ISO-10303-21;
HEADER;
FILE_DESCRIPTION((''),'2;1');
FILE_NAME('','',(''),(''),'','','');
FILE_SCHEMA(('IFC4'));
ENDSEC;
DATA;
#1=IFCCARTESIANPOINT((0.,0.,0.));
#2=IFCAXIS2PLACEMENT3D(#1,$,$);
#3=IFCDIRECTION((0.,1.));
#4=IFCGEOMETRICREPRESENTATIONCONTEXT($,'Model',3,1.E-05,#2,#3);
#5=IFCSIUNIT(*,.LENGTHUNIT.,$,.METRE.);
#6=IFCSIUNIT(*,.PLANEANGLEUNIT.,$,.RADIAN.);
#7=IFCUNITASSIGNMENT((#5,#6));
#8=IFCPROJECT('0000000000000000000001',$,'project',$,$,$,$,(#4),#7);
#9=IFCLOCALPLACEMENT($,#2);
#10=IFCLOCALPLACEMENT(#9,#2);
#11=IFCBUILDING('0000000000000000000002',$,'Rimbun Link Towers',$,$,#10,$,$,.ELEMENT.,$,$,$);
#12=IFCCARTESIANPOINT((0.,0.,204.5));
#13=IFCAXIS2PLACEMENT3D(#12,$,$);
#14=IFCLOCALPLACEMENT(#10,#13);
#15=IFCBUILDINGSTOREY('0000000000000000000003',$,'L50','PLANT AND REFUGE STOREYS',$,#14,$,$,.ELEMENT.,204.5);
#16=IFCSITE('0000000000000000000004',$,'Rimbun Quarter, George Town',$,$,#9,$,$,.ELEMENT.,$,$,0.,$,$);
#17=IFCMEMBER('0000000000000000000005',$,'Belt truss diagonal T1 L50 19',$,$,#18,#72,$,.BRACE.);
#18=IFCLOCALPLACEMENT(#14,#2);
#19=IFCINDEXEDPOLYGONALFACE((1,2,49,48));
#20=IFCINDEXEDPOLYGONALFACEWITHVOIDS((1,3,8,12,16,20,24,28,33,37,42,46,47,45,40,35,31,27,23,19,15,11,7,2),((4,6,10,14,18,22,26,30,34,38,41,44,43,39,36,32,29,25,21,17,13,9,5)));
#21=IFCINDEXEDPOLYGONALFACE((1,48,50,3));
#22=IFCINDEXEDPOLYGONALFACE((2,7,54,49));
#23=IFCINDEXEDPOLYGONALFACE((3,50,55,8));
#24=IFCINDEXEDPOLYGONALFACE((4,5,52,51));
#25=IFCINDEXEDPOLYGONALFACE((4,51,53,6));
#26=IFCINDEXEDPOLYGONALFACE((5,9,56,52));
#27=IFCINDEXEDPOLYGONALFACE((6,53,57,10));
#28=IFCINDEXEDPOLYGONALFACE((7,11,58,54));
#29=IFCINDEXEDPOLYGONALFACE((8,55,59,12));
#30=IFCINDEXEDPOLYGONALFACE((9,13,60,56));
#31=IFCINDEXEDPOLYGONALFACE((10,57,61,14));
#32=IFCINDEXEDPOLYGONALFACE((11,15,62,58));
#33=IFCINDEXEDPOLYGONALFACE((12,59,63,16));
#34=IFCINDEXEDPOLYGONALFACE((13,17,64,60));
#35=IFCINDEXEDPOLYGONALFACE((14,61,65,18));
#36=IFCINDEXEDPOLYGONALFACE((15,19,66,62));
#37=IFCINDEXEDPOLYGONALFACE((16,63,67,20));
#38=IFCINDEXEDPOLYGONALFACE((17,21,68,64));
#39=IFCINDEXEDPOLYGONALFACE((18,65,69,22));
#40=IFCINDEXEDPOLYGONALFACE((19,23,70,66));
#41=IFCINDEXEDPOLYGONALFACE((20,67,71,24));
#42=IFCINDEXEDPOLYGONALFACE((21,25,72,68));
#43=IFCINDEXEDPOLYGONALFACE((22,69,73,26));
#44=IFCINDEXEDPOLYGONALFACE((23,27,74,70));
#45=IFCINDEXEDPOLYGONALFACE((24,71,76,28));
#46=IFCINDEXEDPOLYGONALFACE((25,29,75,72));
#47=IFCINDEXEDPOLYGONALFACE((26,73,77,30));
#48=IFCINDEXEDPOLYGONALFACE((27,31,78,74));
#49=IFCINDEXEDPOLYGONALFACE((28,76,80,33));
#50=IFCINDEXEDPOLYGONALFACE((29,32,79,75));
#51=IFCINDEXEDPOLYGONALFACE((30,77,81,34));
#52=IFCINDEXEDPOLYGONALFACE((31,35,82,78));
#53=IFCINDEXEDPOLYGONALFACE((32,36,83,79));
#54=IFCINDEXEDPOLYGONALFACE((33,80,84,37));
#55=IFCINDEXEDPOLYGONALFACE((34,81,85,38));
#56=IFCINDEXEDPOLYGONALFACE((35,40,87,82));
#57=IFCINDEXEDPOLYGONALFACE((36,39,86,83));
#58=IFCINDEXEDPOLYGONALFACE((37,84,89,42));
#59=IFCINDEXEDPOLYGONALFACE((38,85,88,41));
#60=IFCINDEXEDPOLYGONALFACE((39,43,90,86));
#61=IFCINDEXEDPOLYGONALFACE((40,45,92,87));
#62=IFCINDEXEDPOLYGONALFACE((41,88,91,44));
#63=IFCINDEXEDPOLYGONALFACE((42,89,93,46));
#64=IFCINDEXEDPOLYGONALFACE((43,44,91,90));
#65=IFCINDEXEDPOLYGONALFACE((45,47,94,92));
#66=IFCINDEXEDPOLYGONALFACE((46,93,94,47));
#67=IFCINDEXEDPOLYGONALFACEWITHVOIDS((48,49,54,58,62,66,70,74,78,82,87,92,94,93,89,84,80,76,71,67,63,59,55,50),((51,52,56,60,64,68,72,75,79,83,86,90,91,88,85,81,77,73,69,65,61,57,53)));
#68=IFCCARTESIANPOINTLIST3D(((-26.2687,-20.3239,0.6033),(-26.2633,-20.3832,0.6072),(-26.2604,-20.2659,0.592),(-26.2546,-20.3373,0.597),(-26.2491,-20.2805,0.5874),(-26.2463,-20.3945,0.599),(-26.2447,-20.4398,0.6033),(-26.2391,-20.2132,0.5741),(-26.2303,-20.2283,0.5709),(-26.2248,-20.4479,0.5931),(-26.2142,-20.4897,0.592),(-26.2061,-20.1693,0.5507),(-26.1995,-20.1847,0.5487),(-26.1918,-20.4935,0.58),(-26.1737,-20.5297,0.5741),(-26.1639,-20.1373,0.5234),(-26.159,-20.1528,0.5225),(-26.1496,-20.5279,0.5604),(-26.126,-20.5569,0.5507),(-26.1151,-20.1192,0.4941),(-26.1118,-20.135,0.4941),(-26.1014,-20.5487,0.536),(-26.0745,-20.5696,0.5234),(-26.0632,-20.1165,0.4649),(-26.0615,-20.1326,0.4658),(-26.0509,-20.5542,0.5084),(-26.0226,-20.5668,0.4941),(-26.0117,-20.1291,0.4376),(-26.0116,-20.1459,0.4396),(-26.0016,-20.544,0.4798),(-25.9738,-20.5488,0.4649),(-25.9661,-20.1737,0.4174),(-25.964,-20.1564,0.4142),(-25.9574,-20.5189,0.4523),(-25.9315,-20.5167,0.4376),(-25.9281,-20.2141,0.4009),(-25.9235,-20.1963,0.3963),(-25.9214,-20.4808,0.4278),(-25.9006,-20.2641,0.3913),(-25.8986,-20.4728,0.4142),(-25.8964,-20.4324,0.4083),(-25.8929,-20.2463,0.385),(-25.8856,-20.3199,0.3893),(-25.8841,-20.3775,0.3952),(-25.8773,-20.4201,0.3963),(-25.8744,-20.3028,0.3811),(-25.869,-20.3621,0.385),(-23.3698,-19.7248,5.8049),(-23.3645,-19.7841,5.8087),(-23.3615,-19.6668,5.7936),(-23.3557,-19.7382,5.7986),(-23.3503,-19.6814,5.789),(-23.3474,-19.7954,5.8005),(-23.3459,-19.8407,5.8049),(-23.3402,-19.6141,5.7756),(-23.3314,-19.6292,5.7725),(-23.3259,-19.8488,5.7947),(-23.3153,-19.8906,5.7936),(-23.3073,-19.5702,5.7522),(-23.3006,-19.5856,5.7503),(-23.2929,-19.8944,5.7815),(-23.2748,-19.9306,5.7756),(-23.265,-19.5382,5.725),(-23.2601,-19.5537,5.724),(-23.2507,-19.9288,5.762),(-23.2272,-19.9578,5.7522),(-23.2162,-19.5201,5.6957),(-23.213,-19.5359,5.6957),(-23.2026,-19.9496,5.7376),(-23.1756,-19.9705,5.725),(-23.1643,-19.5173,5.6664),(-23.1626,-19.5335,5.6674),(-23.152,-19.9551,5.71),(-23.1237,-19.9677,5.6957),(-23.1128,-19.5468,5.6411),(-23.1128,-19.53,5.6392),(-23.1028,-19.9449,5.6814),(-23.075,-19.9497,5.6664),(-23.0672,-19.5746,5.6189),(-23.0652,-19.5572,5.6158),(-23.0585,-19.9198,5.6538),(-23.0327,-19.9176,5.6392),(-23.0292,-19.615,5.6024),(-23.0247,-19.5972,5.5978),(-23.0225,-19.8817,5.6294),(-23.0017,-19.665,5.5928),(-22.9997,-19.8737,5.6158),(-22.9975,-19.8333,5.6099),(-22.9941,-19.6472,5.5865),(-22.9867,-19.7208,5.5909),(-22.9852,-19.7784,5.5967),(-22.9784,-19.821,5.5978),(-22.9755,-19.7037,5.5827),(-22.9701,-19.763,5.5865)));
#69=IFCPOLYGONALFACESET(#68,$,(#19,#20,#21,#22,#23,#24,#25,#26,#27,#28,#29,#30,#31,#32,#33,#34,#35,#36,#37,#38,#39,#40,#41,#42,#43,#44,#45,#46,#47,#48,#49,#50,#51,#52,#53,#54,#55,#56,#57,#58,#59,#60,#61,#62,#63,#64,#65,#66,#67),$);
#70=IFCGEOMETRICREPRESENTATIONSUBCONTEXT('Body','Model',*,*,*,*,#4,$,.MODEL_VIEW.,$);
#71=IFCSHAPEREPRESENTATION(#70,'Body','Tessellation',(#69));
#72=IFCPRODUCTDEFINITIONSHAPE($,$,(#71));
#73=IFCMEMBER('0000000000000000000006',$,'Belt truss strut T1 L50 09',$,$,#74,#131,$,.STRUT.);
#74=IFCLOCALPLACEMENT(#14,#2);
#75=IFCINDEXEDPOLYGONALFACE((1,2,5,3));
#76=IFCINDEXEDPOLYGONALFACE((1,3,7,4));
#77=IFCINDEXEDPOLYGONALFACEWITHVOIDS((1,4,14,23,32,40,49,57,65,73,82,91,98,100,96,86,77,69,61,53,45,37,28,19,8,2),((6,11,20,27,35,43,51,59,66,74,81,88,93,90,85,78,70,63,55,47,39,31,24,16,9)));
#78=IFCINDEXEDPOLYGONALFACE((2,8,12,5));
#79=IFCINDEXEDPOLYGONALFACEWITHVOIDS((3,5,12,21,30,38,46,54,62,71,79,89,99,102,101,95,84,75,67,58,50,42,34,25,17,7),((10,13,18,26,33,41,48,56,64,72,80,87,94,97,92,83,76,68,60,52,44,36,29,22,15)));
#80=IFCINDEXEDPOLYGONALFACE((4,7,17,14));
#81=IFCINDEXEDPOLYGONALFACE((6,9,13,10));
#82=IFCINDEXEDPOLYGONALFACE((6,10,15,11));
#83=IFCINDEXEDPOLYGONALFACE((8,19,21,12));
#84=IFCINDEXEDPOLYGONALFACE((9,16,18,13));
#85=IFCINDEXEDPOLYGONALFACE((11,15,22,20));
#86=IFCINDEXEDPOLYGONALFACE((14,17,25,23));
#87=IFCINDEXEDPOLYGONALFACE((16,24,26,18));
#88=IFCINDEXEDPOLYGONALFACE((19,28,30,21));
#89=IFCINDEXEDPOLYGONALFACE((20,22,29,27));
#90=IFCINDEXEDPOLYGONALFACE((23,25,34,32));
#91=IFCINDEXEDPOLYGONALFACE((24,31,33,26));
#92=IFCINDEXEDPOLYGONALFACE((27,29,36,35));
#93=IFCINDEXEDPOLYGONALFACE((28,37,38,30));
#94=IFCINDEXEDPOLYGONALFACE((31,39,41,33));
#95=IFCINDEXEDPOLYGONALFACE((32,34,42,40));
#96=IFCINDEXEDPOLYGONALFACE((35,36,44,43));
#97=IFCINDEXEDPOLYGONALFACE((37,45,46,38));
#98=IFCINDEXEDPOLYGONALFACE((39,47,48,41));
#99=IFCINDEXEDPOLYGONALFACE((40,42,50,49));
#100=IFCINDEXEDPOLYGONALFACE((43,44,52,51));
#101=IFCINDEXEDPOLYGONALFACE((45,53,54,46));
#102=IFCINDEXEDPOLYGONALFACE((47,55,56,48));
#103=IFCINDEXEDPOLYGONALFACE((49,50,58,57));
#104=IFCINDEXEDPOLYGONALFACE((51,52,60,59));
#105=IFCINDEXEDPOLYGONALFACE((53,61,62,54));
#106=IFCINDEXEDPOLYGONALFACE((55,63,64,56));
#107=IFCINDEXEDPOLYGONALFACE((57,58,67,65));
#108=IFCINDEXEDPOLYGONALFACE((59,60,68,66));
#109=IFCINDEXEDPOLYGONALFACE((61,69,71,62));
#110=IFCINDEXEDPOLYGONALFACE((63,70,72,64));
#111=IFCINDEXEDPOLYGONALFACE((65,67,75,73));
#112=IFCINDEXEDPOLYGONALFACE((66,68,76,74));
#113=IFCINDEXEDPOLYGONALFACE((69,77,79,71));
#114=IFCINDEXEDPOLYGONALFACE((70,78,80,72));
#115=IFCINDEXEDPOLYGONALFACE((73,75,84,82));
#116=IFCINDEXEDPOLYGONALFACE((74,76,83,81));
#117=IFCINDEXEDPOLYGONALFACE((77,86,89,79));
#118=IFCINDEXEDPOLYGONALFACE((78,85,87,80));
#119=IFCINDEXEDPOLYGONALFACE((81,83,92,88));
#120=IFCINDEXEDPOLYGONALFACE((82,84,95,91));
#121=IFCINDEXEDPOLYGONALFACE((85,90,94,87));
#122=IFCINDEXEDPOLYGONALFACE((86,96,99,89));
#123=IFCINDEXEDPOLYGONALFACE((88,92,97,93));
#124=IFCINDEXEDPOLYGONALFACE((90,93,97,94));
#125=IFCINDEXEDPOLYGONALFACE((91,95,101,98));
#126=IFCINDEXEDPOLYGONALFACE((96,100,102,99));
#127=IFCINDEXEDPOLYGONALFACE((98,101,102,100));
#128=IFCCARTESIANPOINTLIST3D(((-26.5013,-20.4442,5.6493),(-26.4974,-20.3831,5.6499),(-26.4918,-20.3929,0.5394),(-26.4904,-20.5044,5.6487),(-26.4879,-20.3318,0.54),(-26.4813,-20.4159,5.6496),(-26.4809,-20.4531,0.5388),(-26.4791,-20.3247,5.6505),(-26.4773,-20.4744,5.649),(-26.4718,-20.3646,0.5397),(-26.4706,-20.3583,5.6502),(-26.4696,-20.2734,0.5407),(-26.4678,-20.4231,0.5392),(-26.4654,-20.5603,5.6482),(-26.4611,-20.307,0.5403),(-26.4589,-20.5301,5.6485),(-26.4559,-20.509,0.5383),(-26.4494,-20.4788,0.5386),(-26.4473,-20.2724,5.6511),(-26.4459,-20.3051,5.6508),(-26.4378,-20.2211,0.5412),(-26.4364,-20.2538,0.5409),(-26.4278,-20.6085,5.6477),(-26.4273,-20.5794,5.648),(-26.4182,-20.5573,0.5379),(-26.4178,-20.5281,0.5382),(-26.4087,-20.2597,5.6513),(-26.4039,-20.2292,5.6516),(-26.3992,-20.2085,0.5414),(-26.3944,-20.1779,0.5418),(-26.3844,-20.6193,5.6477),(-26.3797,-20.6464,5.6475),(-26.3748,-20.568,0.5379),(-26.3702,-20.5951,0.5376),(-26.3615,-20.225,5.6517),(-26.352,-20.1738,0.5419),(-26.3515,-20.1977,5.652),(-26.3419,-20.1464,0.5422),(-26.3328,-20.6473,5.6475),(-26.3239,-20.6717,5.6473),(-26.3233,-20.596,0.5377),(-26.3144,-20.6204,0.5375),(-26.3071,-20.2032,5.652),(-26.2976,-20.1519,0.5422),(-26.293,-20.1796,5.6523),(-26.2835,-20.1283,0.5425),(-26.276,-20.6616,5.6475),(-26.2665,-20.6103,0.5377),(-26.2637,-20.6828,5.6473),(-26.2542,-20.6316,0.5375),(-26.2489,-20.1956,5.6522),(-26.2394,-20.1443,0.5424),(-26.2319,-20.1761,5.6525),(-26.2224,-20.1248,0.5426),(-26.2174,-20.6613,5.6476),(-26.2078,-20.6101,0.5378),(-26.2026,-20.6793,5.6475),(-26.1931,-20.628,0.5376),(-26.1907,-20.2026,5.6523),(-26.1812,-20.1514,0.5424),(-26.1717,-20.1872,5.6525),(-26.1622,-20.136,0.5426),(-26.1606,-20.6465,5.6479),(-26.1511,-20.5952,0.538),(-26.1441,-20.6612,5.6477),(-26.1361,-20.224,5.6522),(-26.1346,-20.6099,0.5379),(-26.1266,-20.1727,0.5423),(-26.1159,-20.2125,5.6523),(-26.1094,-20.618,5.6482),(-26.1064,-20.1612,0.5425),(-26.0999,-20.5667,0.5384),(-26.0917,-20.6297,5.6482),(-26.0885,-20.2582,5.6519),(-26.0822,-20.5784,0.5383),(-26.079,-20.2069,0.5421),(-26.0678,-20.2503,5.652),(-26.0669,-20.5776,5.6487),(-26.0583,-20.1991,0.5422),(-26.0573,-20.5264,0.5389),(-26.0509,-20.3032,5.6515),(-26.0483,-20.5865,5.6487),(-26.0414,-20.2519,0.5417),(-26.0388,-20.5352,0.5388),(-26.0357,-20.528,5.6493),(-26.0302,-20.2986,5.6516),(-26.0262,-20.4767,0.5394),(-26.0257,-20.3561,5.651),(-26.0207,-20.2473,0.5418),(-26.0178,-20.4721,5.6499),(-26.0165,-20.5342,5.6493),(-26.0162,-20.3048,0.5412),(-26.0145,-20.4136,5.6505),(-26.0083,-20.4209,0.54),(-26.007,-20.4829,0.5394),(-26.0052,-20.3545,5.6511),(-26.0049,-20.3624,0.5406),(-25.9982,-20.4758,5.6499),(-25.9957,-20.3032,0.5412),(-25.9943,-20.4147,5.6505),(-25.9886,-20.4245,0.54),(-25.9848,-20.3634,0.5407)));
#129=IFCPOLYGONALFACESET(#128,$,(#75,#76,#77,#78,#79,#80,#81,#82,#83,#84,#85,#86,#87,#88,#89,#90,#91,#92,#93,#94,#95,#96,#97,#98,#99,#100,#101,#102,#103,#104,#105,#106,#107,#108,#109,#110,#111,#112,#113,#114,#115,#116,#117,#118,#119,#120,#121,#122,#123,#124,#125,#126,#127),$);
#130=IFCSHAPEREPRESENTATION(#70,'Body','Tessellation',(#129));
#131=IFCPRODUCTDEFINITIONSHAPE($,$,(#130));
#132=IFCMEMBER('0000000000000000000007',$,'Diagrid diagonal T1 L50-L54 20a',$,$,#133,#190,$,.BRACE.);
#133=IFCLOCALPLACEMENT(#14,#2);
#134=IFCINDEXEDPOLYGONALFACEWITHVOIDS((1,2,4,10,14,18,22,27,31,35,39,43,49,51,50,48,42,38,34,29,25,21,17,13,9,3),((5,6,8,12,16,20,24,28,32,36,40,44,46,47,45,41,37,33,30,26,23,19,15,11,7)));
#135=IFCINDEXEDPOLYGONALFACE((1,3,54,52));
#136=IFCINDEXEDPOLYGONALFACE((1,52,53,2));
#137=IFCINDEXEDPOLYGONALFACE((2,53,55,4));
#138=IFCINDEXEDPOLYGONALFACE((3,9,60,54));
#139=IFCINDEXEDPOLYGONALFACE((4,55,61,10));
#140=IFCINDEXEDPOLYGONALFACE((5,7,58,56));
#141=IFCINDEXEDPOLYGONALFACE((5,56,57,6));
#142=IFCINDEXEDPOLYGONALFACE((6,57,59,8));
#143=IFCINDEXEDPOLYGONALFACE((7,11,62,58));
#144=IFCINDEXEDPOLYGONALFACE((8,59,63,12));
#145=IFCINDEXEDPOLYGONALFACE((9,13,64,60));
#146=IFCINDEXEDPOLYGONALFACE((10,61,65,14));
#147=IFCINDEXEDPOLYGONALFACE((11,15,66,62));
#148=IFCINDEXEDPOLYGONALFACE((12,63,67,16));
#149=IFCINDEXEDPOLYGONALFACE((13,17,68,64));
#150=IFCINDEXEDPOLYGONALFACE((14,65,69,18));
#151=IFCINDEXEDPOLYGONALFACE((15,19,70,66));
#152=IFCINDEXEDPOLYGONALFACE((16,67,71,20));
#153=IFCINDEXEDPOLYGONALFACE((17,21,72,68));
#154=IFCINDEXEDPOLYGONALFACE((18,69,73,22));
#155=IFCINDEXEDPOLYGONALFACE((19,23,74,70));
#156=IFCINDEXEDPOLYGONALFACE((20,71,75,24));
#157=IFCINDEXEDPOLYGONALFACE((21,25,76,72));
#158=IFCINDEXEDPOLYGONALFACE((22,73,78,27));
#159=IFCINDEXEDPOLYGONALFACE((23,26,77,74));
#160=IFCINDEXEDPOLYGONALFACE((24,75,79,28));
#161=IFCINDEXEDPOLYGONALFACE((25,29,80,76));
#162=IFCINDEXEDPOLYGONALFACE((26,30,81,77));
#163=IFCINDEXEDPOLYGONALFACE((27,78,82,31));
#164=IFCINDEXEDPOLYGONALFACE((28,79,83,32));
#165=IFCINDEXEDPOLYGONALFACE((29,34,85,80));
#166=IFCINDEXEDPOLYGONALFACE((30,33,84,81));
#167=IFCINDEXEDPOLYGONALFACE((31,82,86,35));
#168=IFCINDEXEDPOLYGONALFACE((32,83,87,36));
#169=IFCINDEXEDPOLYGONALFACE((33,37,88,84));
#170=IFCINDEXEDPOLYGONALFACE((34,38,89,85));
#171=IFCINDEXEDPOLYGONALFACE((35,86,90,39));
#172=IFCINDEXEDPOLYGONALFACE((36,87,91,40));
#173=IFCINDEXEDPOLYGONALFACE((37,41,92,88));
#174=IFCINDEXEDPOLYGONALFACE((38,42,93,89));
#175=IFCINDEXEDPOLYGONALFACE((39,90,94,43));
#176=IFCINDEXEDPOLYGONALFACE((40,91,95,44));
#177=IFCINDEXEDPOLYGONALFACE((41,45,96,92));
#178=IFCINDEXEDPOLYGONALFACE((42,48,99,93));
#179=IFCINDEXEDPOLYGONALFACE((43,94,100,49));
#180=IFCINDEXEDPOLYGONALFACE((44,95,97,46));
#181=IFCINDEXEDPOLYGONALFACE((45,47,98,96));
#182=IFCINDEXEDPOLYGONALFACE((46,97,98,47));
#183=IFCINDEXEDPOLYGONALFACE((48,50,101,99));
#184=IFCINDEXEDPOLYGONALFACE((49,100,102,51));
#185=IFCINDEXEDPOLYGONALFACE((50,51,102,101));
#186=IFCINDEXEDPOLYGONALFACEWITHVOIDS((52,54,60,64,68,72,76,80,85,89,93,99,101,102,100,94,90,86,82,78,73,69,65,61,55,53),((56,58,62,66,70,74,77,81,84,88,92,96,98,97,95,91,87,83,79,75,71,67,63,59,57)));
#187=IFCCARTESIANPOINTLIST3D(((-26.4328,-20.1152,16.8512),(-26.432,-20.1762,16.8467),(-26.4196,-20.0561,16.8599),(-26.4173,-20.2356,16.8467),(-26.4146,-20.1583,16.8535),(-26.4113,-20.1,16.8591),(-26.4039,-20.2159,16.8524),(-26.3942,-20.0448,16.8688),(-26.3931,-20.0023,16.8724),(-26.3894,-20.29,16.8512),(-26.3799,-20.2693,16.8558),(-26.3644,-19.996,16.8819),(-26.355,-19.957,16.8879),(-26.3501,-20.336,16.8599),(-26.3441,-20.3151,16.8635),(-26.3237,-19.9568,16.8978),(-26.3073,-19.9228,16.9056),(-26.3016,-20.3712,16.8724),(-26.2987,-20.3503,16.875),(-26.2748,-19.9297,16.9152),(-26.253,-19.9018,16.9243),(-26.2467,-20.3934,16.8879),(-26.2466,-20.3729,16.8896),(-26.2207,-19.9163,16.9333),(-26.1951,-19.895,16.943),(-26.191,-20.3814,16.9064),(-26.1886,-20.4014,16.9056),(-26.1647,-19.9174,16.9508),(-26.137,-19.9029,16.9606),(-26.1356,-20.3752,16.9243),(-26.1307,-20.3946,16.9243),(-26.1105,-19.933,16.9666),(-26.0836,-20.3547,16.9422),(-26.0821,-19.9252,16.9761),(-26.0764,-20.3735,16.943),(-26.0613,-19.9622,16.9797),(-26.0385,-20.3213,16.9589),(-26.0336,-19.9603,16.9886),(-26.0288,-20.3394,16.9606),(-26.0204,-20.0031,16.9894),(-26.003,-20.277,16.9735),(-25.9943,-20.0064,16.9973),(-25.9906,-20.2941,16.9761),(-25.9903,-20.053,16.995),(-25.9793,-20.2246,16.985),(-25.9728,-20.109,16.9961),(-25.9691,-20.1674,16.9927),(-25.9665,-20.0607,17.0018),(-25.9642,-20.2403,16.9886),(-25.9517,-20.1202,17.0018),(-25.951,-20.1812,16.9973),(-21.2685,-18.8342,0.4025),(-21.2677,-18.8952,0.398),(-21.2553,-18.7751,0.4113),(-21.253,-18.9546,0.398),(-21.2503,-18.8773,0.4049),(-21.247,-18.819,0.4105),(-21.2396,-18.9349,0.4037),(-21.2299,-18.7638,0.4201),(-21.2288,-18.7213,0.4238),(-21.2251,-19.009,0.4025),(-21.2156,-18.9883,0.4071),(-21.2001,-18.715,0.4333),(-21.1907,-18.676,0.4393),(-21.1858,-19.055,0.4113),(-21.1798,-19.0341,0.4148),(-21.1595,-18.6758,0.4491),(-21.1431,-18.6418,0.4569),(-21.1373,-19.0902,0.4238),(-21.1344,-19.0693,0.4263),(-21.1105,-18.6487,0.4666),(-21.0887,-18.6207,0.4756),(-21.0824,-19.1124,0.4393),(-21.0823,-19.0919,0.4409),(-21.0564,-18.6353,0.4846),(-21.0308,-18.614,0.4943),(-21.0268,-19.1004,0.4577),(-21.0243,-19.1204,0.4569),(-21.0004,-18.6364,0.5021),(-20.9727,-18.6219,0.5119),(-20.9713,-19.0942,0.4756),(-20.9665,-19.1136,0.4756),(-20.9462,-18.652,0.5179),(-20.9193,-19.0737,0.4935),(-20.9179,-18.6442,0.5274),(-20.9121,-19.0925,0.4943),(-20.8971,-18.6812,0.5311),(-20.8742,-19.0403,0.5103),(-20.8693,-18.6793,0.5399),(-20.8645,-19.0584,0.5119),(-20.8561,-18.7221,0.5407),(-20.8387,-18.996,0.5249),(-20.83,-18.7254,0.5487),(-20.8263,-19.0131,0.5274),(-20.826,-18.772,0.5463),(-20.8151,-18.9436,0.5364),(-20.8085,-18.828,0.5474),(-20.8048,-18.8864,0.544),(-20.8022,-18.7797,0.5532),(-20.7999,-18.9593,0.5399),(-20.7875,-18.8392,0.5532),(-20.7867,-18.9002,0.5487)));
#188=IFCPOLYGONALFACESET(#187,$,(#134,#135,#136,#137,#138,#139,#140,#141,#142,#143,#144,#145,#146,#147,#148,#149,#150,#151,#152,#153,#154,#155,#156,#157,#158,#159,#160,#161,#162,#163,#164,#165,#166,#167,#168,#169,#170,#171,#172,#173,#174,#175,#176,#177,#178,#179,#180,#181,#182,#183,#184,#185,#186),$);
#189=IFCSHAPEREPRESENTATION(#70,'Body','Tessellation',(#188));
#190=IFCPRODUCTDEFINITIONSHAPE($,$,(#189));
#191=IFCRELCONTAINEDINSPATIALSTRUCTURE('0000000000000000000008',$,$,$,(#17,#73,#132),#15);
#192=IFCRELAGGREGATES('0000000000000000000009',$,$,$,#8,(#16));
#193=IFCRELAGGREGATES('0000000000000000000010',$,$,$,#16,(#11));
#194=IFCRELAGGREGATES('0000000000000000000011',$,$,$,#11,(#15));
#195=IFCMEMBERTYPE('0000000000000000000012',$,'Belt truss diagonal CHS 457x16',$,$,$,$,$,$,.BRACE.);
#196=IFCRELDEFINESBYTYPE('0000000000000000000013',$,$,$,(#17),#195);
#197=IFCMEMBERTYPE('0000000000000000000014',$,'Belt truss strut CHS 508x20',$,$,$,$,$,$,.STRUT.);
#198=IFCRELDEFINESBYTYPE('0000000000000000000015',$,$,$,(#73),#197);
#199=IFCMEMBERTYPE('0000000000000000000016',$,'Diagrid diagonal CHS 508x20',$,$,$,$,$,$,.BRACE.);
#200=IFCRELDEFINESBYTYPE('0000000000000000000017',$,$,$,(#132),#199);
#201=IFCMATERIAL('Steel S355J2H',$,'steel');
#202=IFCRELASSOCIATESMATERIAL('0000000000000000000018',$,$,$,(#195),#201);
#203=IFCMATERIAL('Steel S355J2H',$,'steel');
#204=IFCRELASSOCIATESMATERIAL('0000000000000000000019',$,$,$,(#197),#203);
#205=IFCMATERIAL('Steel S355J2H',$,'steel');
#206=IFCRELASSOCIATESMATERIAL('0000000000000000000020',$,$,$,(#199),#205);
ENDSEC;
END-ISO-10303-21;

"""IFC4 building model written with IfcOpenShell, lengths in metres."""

from ifc_helpers import new_model, si_unit, direction, frame, origin, origin_2d, place, context, subcontext, project, spatial, hollow_circle, extrude, material, material_profile, profile_set, type_object, element, save


model = new_model("IFC4")

# Units and contexts
model_context = context("Model", 3, precision=1e-05, world=origin(), true_north=direction((0.0, 1.0)))
body_context = subcontext(model_context, "Body", "Model", "MODEL_VIEW")
ifc_project = project(units=[si_unit("LENGTHUNIT", "METRE"), si_unit("PLANEANGLEUNIT", "RADIAN")], contexts=[model_context])

# Site, building, storey
site_placement = place(None, origin())
site = spatial("IfcSite", under=ifc_project, at=site_placement, Name="Rimbun Quarter, George Town", CompositionType="ELEMENT", RefElevation=0.0)
building_placement = place(site_placement, origin())
building = spatial("IfcBuilding", under=site, at=building_placement, Name="Rimbun Link Towers", CompositionType="ELEMENT")
storey_placement = place(building_placement, frame((0.0, 0.0, 204.5)))
storey = spatial("IfcBuildingStorey", under=building, at=storey_placement, Name="L50", Description="PLANT AND REFUGE STOREYS", CompositionType="ELEMENT", Elevation=204.5)

# Members
ifc_material_1 = material(Name="Steel S355J2H", Category="steel")
ifc_material_profile_1 = material_profile(ifc_material_1, hollow_circle(Radius=0.2285, WallThickness=0.0161, at=origin_2d()), Name="Belt truss diagonal CHS 457x16")
ifc_profile_set_1 = profile_set([ifc_material_profile_1], Name="Steel S355J2H")
member_type_1 = type_object("IfcMemberType", Name="Belt truss diagonal CHS 457x16", PredefinedType="BRACE", material=ifc_profile_set_1)
member_1_placement = place(storey_placement, frame((-26.0688, -20.343, 0.4941), z_axis=(0.484367, 0.100104, 0.869119), x_axis=(-0.202393, 0.979304, 0.0)))
element("IfcMember", 1, at=member_1_placement, inside=storey, type_object=member_type_1, Name="Belt truss diagonal T1 L50 19", PredefinedType="BRACE", context=body_context, shape_type="SweptSolid", body=[
    extrude(hollow_circle(Radius=0.2285, WallThickness=0.0161, at=origin_2d()), origin(), (0.0, 0.0, 1.0), 5.9849),
])
ifc_material_2 = material(Name="Steel S355J2H", Category="steel")
ifc_material_profile_2 = material_profile(ifc_material_2, hollow_circle(Radius=0.2539, WallThickness=0.02, at=origin_2d()), Name="Belt truss strut CHS 508x20")
ifc_profile_set_2 = profile_set([ifc_material_profile_2], Name="Steel S355J2H")
member_type_2 = type_object("IfcMemberType", Name="Belt truss strut CHS 508x20", PredefinedType="STRUT", material=ifc_profile_set_2)
member_2_placement = place(storey_placement, frame((-26.2383, -20.3782, 0.54), z_axis=(-0.001863, -0.010033, 0.999948), x_axis=(0.983189, -0.182592, 0.0)))
element("IfcMember", 2, at=member_2_placement, inside=storey, type_object=member_type_2, Name="Belt truss strut T1 L50 09", PredefinedType="STRUT", context=body_context, shape_type="SweptSolid", body=[
    extrude(hollow_circle(Radius=0.2539, WallThickness=0.02, at=origin_2d()), origin(), (0.0, 0.0, 1.0), 5.1101),
])
ifc_material_3 = material(Name="Steel S355J2H", Category="steel")
ifc_material_profile_3 = material_profile(ifc_material_3, hollow_circle(Radius=0.2539, WallThickness=0.02, at=origin_2d()), Name="Diagrid diagonal CHS 508x20")
ifc_profile_set_3 = profile_set([ifc_material_profile_3], Name="Steel S355J2H")
member_type_3 = type_object("IfcMemberType", Name="Diagrid diagonal CHS 508x20", PredefinedType="BRACE", material=ifc_profile_set_3)
member_3_placement = place(storey_placement, frame((-21.0276, -18.8672, 0.4756), z_axis=(-0.298724, -0.074098, 0.951459), x_axis=(0.240754, -0.970586, 0.0)))
element("IfcMember", 3, at=member_3_placement, inside=storey, type_object=member_type_3, Name="Diagrid diagonal T1 L50-L54 20a", PredefinedType="BRACE", context=body_context, shape_type="SweptSolid", body=[
    extrude(hollow_circle(Radius=0.2539, WallThickness=0.02, at=origin_2d()), origin(), (0.0, 0.0, 1.0), 17.2878),
])

save(model, "model.ifc")
